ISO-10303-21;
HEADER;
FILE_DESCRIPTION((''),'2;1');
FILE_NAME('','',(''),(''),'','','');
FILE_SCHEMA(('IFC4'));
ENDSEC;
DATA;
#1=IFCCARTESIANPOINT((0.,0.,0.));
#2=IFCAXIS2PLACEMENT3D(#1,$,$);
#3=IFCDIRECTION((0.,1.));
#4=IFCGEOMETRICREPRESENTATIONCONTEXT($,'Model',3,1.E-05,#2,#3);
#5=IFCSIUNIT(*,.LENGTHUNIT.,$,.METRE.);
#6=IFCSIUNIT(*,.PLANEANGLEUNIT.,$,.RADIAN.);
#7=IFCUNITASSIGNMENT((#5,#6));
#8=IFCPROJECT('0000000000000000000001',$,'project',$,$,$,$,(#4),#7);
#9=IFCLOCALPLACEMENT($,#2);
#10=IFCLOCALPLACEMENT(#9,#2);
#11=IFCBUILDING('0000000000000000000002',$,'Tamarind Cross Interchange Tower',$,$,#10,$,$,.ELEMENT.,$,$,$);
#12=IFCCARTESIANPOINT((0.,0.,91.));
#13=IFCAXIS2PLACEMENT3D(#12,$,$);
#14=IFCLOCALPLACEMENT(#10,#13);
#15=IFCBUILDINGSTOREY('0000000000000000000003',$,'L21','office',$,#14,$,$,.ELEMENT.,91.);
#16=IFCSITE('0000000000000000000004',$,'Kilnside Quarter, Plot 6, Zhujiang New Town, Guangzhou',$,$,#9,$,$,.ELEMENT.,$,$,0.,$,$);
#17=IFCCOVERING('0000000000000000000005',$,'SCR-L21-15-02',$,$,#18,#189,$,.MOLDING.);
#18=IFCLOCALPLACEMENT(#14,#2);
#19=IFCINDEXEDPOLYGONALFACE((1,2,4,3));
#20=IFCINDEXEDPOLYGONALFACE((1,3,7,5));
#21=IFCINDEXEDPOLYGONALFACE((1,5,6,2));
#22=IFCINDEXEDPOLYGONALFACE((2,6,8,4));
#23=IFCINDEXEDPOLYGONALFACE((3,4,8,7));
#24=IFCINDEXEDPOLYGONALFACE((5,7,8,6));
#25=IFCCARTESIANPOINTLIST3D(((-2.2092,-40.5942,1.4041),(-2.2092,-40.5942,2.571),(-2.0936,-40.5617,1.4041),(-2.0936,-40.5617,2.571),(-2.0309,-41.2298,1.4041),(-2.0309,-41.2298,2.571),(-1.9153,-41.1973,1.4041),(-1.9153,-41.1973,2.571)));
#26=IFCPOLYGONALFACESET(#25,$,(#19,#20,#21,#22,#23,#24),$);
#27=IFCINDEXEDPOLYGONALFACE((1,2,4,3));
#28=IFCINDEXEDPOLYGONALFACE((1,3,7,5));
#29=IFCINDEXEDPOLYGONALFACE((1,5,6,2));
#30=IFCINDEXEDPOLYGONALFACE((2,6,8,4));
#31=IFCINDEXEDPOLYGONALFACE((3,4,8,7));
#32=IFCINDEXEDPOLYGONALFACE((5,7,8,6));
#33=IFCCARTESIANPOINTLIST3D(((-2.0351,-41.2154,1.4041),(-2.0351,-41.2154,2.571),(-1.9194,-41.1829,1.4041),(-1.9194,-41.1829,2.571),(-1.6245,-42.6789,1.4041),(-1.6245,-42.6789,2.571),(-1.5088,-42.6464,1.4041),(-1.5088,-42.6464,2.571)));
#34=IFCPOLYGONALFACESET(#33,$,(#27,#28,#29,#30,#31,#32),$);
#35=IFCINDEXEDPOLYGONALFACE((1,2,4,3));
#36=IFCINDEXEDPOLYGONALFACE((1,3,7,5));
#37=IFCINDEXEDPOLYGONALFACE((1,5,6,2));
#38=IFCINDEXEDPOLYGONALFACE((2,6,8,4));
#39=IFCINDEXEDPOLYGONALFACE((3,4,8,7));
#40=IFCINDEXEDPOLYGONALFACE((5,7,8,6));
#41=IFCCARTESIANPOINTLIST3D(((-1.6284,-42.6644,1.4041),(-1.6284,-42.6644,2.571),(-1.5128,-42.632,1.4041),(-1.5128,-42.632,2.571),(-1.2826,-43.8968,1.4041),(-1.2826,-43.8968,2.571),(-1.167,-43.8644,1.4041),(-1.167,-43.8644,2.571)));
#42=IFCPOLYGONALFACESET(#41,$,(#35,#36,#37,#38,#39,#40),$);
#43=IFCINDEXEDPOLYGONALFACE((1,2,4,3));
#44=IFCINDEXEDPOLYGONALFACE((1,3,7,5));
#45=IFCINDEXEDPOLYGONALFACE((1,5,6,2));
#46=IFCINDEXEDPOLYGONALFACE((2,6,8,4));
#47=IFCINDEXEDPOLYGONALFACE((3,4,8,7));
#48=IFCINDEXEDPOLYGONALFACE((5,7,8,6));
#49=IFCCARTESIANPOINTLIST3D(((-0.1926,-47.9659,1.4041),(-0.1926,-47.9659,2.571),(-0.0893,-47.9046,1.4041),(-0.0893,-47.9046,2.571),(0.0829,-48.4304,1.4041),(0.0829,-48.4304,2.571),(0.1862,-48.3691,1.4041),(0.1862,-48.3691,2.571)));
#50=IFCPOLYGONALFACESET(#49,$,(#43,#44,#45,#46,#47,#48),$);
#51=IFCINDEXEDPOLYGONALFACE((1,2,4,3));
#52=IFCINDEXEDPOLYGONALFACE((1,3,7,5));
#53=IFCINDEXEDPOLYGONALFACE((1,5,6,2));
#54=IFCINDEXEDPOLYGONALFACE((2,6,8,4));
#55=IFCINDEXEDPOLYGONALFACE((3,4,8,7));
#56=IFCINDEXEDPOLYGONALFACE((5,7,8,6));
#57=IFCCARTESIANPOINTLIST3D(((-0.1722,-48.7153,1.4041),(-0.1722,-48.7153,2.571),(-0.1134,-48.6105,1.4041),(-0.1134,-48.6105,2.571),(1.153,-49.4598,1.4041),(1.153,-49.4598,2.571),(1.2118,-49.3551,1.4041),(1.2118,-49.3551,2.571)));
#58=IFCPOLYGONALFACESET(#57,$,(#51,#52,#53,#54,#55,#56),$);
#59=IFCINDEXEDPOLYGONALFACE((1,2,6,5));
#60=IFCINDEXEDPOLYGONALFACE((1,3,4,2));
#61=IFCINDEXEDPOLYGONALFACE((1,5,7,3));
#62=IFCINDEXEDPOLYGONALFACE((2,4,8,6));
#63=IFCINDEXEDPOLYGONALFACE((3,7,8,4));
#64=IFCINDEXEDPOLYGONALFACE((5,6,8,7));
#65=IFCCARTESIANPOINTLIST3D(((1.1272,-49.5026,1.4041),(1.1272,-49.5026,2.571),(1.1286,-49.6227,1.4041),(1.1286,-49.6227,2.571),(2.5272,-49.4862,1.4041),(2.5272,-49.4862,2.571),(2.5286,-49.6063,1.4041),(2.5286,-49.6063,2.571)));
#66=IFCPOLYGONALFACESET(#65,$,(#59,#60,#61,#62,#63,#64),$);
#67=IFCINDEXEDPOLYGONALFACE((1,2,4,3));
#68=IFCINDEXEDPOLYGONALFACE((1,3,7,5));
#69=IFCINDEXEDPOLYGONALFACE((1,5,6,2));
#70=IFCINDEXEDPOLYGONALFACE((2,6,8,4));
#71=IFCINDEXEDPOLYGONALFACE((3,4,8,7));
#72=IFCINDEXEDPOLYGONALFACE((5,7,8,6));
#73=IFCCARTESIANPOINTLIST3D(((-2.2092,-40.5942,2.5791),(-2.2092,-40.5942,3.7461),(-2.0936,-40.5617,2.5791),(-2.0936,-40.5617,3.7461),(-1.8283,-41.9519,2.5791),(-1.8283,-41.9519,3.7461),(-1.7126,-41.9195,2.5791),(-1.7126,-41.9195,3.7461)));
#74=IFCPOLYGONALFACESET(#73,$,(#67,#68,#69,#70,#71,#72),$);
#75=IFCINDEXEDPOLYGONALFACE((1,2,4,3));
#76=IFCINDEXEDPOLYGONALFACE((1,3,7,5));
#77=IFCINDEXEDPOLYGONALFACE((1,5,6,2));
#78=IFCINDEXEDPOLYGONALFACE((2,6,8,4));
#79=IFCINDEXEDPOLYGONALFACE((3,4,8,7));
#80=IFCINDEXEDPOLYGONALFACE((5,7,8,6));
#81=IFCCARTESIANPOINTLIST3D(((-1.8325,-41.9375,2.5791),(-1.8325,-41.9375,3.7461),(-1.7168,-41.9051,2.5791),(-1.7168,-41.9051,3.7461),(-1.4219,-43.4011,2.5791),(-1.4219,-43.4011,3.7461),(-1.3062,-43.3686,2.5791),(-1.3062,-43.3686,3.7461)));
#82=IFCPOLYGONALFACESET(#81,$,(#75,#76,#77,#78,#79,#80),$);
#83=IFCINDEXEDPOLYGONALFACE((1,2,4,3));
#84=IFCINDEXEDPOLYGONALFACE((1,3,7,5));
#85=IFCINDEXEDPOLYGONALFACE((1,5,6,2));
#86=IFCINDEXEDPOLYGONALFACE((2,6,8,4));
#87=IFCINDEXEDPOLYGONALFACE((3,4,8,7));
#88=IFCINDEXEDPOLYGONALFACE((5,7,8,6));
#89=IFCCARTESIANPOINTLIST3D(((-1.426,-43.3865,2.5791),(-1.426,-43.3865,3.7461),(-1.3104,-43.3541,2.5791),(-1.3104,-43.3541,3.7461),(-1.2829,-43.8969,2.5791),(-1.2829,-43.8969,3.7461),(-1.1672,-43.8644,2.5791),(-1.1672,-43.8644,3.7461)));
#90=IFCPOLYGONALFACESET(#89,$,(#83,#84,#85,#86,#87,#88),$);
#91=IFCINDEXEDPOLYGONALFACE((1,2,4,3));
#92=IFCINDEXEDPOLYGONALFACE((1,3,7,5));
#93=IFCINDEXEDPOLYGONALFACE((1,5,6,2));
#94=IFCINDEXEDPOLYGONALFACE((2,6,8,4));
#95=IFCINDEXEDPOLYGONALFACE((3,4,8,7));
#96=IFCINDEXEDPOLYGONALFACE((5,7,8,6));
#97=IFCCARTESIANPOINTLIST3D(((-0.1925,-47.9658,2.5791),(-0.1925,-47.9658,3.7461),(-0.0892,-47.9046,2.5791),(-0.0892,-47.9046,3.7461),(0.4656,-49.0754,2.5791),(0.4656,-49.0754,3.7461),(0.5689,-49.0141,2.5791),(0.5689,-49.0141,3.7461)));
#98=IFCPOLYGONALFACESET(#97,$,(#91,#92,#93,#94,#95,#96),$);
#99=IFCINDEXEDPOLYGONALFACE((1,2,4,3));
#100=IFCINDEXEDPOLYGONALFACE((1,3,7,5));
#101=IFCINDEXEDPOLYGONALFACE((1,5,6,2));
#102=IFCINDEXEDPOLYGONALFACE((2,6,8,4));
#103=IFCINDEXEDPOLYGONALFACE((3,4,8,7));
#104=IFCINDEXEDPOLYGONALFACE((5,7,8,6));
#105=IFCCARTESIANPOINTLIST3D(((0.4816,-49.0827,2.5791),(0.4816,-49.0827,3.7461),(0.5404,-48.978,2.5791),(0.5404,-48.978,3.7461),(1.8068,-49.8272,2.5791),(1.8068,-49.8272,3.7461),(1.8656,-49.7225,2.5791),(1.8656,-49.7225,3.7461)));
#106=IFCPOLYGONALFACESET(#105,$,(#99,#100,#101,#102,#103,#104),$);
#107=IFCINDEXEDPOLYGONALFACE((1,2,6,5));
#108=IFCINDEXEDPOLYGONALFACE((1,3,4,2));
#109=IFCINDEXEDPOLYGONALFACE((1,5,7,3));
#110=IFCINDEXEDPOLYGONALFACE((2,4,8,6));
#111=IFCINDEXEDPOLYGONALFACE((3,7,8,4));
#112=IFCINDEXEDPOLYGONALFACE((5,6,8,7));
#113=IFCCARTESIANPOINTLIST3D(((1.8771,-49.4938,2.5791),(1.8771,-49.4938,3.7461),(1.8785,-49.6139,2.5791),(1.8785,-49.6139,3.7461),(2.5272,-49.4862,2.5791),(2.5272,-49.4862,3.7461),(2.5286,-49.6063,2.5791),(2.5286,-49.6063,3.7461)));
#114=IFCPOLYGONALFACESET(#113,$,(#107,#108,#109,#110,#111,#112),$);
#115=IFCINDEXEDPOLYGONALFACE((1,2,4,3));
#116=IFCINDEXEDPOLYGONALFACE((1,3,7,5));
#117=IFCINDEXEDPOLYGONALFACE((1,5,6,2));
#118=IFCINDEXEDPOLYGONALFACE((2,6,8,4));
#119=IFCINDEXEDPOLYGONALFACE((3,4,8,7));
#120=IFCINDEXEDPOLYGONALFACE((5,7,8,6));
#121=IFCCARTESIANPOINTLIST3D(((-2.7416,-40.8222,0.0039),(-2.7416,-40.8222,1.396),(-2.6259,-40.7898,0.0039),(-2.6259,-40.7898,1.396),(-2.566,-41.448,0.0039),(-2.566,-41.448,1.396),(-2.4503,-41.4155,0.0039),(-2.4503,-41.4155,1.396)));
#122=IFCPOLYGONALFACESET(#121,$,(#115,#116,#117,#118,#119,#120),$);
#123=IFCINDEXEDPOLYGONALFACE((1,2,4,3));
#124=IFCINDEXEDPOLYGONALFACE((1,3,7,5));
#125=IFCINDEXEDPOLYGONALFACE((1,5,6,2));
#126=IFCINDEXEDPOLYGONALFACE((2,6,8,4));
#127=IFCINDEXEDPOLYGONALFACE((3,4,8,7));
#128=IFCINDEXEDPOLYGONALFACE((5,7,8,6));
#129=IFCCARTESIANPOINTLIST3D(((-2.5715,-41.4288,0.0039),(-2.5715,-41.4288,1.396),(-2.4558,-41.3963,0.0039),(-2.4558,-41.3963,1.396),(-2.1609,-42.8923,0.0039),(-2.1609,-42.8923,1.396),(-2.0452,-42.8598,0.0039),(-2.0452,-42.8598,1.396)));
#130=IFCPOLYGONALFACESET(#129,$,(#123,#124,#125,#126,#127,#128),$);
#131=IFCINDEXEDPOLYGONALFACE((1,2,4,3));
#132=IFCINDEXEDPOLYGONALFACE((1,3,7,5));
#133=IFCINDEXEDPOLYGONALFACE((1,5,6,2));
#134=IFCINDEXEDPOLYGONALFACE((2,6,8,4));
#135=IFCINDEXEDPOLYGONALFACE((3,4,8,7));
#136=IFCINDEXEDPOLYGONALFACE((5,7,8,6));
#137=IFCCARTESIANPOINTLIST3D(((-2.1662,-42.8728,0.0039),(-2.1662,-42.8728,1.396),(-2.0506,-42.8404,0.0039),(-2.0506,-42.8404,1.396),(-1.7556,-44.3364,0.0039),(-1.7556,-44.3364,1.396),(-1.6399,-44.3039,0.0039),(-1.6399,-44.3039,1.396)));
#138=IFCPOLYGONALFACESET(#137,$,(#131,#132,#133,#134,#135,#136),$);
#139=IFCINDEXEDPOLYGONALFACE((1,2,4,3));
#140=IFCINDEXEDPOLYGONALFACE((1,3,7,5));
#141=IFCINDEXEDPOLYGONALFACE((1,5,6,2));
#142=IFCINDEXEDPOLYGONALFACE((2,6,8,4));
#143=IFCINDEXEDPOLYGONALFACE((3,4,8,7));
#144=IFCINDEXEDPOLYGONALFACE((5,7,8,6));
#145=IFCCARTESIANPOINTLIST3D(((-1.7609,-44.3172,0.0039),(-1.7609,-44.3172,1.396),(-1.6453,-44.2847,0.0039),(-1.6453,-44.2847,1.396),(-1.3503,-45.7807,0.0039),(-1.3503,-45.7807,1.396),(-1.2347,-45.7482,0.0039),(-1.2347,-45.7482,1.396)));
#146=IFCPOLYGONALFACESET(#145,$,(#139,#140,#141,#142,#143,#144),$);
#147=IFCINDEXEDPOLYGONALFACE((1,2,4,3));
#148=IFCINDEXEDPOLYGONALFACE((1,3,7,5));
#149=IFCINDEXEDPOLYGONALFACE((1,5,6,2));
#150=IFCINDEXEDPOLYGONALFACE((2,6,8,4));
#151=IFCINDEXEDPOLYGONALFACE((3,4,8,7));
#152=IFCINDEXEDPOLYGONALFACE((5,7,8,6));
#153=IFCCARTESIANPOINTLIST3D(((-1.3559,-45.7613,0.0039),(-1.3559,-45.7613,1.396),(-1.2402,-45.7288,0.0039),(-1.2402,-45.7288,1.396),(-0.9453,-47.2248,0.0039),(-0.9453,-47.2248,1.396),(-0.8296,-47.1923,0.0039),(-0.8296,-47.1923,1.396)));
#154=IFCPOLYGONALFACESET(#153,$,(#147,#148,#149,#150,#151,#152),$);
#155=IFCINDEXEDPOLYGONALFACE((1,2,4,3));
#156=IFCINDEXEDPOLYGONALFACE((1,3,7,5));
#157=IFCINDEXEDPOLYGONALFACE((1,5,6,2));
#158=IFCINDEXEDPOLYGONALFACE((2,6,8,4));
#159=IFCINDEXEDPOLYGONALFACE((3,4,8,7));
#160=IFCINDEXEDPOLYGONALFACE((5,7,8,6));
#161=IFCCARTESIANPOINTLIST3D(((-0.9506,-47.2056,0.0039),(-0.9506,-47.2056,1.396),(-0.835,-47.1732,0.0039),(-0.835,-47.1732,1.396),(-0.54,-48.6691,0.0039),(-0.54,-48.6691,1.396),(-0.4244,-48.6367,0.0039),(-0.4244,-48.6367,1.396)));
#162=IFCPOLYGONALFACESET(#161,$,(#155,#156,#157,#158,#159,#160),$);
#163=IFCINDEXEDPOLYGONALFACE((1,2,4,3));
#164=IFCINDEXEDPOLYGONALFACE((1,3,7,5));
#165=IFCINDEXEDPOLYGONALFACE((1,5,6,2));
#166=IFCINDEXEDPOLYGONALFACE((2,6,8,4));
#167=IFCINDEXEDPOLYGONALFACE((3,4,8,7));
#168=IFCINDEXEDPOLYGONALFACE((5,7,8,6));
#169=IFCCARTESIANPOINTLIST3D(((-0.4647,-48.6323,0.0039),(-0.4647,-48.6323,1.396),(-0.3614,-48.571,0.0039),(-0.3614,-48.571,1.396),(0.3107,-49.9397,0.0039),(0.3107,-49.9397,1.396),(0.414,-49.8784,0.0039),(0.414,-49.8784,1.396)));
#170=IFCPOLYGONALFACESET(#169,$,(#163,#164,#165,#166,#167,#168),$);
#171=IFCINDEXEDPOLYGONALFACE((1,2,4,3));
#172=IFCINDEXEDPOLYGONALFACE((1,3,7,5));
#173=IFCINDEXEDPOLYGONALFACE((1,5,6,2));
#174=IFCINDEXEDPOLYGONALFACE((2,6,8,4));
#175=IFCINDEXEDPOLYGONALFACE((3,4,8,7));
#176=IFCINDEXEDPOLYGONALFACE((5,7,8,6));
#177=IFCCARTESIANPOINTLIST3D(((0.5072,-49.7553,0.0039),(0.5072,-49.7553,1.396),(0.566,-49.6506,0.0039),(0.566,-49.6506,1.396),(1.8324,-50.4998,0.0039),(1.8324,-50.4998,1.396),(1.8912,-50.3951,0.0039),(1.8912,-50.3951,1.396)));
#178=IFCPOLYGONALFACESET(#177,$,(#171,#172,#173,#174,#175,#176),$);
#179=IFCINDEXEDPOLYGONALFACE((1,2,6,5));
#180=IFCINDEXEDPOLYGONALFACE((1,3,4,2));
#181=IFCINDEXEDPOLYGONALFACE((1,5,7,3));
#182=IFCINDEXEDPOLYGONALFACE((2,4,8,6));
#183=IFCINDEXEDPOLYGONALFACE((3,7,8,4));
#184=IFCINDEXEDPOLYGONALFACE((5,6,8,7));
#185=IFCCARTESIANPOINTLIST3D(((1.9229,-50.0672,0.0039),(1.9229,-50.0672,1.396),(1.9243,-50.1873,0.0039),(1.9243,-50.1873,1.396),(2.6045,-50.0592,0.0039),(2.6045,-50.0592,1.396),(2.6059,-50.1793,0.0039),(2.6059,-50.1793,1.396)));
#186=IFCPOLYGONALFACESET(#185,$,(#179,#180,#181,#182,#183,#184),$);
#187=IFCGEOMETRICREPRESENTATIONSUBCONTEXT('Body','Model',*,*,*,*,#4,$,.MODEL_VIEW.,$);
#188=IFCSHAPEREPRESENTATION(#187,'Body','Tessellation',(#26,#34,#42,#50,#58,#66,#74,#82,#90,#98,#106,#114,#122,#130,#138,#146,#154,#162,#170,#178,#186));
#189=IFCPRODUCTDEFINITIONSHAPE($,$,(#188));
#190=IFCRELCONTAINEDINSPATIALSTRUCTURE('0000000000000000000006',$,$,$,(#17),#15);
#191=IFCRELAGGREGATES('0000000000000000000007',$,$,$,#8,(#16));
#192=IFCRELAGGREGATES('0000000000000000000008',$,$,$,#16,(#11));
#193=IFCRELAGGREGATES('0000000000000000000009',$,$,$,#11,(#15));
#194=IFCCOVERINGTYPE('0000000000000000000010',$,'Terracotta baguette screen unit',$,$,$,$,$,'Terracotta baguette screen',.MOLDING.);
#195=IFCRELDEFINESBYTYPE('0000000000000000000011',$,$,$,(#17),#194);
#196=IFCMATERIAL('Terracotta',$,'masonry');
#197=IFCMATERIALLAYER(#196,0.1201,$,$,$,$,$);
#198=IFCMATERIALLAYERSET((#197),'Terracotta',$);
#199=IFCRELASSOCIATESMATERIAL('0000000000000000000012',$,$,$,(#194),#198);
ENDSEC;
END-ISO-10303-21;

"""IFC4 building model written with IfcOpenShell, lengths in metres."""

from ifc_helpers import new_model, si_unit, direction, frame, origin, origin_2d, place, context, subcontext, project, spatial, rectangle, extrude, material, layer, layer_set, type_object, element, save


model = new_model("IFC4")

# Units and contexts
model_context = context("Model", 3, precision=1e-05, world=origin(), true_north=direction((0.0, 1.0)))
body_context = subcontext(model_context, "Body", "Model", "MODEL_VIEW")
ifc_project = project(units=[si_unit("LENGTHUNIT", "METRE"), si_unit("PLANEANGLEUNIT", "RADIAN")], contexts=[model_context])

# Site, building, storey
site_placement = place(None, origin())
site = spatial("IfcSite", under=ifc_project, at=site_placement, Name="Kilnside Quarter, Plot 6, Zhujiang New Town, Guangzhou", CompositionType="ELEMENT", RefElevation=0.0)
building_placement = place(site_placement, origin())
building = spatial("IfcBuilding", under=site, at=building_placement, Name="Tamarind Cross Interchange Tower", CompositionType="ELEMENT")
storey_placement = place(building_placement, frame((0.0, 0.0, 91.0)))
storey = spatial("IfcBuildingStorey", under=building, at=storey_placement, Name="L21", Description="office", CompositionType="ELEMENT", Elevation=91.0)

# Covering
ifc_material_1 = material(Name="Terracotta", Category="masonry")
ifc_layer_1 = layer(ifc_material_1, 0.1201)
ifc_layer_set_1 = layer_set([ifc_layer_1], Name="Terracotta")
covering_type = type_object("IfcCoveringType", Name="Terracotta baguette screen unit", ElementType="Terracotta baguette screen", PredefinedType="MOLDING", material=ifc_layer_set_1)
covering_1_placement = place(storey_placement, origin())
element("IfcCovering", 1, at=covering_1_placement, inside=storey, type_object=covering_type, Name="SCR-L21-15-02", PredefinedType="MOLDING", context=body_context, shape_type="SweptSolid", body=[
    extrude(rectangle(XDim=0.6602, YDim=0.1201, at=origin_2d()), frame((-2.0623, -40.8958, 1.4041), z_axis=(0.0, 0.0, 1.0), x_axis=(0.27013, -0.962824, 0.0)), (0.0, 0.0, 1.0), 1.167),
    extrude(rectangle(XDim=1.52, YDim=0.1201, at=origin_2d()), frame((-1.772, -41.9309, 1.4041), z_axis=(0.0, 0.0, 1.0), x_axis=(0.27013, -0.962824, 0.0)), (0.0, 0.0, 1.0), 1.167),
    extrude(rectangle(XDim=1.28, YDim=0.1201, at=origin_2d()), frame((-1.3977, -43.2644, 1.4041), z_axis=(0.0, 0.0, 1.0), x_axis=(0.27013, -0.962824, 0.0)), (0.0, 0.0, 1.0), 1.167),
    extrude(rectangle(XDim=0.54, YDim=0.1201, at=origin_2d()), frame((-0.0032, -48.1675, 1.4041), z_axis=(0.0, 0.0, 1.0), x_axis=(0.510123, -0.860102, 0.0)), (0.0, 0.0, 1.0), 1.167),
    extrude(rectangle(XDim=1.52, YDim=0.1201, at=origin_2d()), frame((0.5198, -49.0352, 1.4041), z_axis=(0.0, 0.0, 1.0), x_axis=(0.87183, -0.489809, 0.0)), (0.0, 0.0, 1.0), 1.167),
    extrude(rectangle(XDim=1.4001, YDim=0.1201, at=origin_2d()), frame((1.8279, -49.5544, 1.4041), z_axis=(0.0, 0.0, 1.0), x_axis=(0.999931, 0.011728, 0.0)), (0.0, 0.0, 1.0), 1.167),
    extrude(rectangle(XDim=1.4102, YDim=0.1201, at=origin_2d()), frame((-1.9609, -41.2568, 2.5791), z_axis=(0.0, 0.0, 1.0), x_axis=(0.27013, -0.962824, 0.0)), (0.0, 0.0, 1.0), 1.167),
    extrude(rectangle(XDim=1.52, YDim=0.1201, at=origin_2d()), frame((-1.5693, -42.6531, 2.5791), z_axis=(0.0, 0.0, 1.0), x_axis=(0.27013, -0.962824, 0.0)), (0.0, 0.0, 1.0), 1.167),
    extrude(rectangle(XDim=0.53, YDim=0.1201, at=origin_2d()), frame((-1.2966, -43.6255, 2.5791), z_axis=(0.0, 0.0, 1.0), x_axis=(0.27013, -0.962824, 0.0)), (0.0, 0.0, 1.0), 1.167),
    extrude(rectangle(XDim=1.29, YDim=0.1201, at=origin_2d()), frame((0.1882, -48.49, 2.5791), z_axis=(0.0, 0.0, 1.0), x_axis=(0.510123, -0.860102, 0.0)), (0.0, 0.0, 1.0), 1.167),
    extrude(rectangle(XDim=1.52, YDim=0.1201, at=origin_2d()), frame((1.1736, -49.4026, 2.5791), z_axis=(0.0, 0.0, 1.0), x_axis=(0.87183, -0.489809, 0.0)), (0.0, 0.0, 1.0), 1.167),
    extrude(rectangle(XDim=0.6501, YDim=0.1201, at=origin_2d()), frame((2.2029, -49.55, 2.5791), z_axis=(0.0, 0.0, 1.0), x_axis=(0.999931, 0.011728, 0.0)), (0.0, 0.0, 1.0), 1.167),
    extrude(rectangle(XDim=0.6499, YDim=0.1201, at=origin_2d()), frame((-2.5959, -41.1189, 0.0039), z_axis=(0.0, 0.0, 1.0), x_axis=(0.27013, -0.962824, 0.0)), (0.0, 0.0, 1.0), 1.3921),
    extrude(rectangle(XDim=1.52, YDim=0.1201, at=origin_2d()), frame((-2.3083, -42.1443, 0.0039), z_axis=(0.0, 0.0, 1.0), x_axis=(0.27013, -0.962824, 0.0)), (0.0, 0.0, 1.0), 1.3921),
    extrude(rectangle(XDim=1.52, YDim=0.1201, at=origin_2d()), frame((-1.9031, -43.5884, 0.0039), z_axis=(0.0, 0.0, 1.0), x_axis=(0.27013, -0.962824, 0.0)), (0.0, 0.0, 1.0), 1.3921),
    extrude(rectangle(XDim=1.52, YDim=0.1201, at=origin_2d()), frame((-1.4978, -45.0327, 0.0039), z_axis=(0.0, 0.0, 1.0), x_axis=(0.27013, -0.962824, 0.0)), (0.0, 0.0, 1.0), 1.3921),
    extrude(rectangle(XDim=1.52, YDim=0.1201, at=origin_2d()), frame((-1.0928, -46.4768, 0.0039), z_axis=(0.0, 0.0, 1.0), x_axis=(0.27013, -0.962824, 0.0)), (0.0, 0.0, 1.0), 1.3921),
    extrude(rectangle(XDim=1.52, YDim=0.1201, at=origin_2d()), frame((-0.6875, -47.9211, 0.0039), z_axis=(0.0, 0.0, 1.0), x_axis=(0.27013, -0.962824, 0.0)), (0.0, 0.0, 1.0), 1.3921),
    extrude(rectangle(XDim=1.52, YDim=0.1201, at=origin_2d()), frame((-0.0254, -49.2554, 0.0039), z_axis=(0.0, 0.0, 1.0), x_axis=(0.510123, -0.860102, 0.0)), (0.0, 0.0, 1.0), 1.3921),
    extrude(rectangle(XDim=1.52, YDim=0.1201, at=origin_2d()), frame((1.1992, -50.0752, 0.0039), z_axis=(0.0, 0.0, 1.0), x_axis=(0.87183, -0.489809, 0.0)), (0.0, 0.0, 1.0), 1.3921),
    extrude(rectangle(XDim=0.6816, YDim=0.1201, at=origin_2d()), frame((2.2644, -50.1233, 0.0039), z_axis=(0.0, 0.0, 1.0), x_axis=(0.999931, 0.011728, 0.0)), (0.0, 0.0, 1.0), 1.3921),
])

save(model, "model.ifc")
